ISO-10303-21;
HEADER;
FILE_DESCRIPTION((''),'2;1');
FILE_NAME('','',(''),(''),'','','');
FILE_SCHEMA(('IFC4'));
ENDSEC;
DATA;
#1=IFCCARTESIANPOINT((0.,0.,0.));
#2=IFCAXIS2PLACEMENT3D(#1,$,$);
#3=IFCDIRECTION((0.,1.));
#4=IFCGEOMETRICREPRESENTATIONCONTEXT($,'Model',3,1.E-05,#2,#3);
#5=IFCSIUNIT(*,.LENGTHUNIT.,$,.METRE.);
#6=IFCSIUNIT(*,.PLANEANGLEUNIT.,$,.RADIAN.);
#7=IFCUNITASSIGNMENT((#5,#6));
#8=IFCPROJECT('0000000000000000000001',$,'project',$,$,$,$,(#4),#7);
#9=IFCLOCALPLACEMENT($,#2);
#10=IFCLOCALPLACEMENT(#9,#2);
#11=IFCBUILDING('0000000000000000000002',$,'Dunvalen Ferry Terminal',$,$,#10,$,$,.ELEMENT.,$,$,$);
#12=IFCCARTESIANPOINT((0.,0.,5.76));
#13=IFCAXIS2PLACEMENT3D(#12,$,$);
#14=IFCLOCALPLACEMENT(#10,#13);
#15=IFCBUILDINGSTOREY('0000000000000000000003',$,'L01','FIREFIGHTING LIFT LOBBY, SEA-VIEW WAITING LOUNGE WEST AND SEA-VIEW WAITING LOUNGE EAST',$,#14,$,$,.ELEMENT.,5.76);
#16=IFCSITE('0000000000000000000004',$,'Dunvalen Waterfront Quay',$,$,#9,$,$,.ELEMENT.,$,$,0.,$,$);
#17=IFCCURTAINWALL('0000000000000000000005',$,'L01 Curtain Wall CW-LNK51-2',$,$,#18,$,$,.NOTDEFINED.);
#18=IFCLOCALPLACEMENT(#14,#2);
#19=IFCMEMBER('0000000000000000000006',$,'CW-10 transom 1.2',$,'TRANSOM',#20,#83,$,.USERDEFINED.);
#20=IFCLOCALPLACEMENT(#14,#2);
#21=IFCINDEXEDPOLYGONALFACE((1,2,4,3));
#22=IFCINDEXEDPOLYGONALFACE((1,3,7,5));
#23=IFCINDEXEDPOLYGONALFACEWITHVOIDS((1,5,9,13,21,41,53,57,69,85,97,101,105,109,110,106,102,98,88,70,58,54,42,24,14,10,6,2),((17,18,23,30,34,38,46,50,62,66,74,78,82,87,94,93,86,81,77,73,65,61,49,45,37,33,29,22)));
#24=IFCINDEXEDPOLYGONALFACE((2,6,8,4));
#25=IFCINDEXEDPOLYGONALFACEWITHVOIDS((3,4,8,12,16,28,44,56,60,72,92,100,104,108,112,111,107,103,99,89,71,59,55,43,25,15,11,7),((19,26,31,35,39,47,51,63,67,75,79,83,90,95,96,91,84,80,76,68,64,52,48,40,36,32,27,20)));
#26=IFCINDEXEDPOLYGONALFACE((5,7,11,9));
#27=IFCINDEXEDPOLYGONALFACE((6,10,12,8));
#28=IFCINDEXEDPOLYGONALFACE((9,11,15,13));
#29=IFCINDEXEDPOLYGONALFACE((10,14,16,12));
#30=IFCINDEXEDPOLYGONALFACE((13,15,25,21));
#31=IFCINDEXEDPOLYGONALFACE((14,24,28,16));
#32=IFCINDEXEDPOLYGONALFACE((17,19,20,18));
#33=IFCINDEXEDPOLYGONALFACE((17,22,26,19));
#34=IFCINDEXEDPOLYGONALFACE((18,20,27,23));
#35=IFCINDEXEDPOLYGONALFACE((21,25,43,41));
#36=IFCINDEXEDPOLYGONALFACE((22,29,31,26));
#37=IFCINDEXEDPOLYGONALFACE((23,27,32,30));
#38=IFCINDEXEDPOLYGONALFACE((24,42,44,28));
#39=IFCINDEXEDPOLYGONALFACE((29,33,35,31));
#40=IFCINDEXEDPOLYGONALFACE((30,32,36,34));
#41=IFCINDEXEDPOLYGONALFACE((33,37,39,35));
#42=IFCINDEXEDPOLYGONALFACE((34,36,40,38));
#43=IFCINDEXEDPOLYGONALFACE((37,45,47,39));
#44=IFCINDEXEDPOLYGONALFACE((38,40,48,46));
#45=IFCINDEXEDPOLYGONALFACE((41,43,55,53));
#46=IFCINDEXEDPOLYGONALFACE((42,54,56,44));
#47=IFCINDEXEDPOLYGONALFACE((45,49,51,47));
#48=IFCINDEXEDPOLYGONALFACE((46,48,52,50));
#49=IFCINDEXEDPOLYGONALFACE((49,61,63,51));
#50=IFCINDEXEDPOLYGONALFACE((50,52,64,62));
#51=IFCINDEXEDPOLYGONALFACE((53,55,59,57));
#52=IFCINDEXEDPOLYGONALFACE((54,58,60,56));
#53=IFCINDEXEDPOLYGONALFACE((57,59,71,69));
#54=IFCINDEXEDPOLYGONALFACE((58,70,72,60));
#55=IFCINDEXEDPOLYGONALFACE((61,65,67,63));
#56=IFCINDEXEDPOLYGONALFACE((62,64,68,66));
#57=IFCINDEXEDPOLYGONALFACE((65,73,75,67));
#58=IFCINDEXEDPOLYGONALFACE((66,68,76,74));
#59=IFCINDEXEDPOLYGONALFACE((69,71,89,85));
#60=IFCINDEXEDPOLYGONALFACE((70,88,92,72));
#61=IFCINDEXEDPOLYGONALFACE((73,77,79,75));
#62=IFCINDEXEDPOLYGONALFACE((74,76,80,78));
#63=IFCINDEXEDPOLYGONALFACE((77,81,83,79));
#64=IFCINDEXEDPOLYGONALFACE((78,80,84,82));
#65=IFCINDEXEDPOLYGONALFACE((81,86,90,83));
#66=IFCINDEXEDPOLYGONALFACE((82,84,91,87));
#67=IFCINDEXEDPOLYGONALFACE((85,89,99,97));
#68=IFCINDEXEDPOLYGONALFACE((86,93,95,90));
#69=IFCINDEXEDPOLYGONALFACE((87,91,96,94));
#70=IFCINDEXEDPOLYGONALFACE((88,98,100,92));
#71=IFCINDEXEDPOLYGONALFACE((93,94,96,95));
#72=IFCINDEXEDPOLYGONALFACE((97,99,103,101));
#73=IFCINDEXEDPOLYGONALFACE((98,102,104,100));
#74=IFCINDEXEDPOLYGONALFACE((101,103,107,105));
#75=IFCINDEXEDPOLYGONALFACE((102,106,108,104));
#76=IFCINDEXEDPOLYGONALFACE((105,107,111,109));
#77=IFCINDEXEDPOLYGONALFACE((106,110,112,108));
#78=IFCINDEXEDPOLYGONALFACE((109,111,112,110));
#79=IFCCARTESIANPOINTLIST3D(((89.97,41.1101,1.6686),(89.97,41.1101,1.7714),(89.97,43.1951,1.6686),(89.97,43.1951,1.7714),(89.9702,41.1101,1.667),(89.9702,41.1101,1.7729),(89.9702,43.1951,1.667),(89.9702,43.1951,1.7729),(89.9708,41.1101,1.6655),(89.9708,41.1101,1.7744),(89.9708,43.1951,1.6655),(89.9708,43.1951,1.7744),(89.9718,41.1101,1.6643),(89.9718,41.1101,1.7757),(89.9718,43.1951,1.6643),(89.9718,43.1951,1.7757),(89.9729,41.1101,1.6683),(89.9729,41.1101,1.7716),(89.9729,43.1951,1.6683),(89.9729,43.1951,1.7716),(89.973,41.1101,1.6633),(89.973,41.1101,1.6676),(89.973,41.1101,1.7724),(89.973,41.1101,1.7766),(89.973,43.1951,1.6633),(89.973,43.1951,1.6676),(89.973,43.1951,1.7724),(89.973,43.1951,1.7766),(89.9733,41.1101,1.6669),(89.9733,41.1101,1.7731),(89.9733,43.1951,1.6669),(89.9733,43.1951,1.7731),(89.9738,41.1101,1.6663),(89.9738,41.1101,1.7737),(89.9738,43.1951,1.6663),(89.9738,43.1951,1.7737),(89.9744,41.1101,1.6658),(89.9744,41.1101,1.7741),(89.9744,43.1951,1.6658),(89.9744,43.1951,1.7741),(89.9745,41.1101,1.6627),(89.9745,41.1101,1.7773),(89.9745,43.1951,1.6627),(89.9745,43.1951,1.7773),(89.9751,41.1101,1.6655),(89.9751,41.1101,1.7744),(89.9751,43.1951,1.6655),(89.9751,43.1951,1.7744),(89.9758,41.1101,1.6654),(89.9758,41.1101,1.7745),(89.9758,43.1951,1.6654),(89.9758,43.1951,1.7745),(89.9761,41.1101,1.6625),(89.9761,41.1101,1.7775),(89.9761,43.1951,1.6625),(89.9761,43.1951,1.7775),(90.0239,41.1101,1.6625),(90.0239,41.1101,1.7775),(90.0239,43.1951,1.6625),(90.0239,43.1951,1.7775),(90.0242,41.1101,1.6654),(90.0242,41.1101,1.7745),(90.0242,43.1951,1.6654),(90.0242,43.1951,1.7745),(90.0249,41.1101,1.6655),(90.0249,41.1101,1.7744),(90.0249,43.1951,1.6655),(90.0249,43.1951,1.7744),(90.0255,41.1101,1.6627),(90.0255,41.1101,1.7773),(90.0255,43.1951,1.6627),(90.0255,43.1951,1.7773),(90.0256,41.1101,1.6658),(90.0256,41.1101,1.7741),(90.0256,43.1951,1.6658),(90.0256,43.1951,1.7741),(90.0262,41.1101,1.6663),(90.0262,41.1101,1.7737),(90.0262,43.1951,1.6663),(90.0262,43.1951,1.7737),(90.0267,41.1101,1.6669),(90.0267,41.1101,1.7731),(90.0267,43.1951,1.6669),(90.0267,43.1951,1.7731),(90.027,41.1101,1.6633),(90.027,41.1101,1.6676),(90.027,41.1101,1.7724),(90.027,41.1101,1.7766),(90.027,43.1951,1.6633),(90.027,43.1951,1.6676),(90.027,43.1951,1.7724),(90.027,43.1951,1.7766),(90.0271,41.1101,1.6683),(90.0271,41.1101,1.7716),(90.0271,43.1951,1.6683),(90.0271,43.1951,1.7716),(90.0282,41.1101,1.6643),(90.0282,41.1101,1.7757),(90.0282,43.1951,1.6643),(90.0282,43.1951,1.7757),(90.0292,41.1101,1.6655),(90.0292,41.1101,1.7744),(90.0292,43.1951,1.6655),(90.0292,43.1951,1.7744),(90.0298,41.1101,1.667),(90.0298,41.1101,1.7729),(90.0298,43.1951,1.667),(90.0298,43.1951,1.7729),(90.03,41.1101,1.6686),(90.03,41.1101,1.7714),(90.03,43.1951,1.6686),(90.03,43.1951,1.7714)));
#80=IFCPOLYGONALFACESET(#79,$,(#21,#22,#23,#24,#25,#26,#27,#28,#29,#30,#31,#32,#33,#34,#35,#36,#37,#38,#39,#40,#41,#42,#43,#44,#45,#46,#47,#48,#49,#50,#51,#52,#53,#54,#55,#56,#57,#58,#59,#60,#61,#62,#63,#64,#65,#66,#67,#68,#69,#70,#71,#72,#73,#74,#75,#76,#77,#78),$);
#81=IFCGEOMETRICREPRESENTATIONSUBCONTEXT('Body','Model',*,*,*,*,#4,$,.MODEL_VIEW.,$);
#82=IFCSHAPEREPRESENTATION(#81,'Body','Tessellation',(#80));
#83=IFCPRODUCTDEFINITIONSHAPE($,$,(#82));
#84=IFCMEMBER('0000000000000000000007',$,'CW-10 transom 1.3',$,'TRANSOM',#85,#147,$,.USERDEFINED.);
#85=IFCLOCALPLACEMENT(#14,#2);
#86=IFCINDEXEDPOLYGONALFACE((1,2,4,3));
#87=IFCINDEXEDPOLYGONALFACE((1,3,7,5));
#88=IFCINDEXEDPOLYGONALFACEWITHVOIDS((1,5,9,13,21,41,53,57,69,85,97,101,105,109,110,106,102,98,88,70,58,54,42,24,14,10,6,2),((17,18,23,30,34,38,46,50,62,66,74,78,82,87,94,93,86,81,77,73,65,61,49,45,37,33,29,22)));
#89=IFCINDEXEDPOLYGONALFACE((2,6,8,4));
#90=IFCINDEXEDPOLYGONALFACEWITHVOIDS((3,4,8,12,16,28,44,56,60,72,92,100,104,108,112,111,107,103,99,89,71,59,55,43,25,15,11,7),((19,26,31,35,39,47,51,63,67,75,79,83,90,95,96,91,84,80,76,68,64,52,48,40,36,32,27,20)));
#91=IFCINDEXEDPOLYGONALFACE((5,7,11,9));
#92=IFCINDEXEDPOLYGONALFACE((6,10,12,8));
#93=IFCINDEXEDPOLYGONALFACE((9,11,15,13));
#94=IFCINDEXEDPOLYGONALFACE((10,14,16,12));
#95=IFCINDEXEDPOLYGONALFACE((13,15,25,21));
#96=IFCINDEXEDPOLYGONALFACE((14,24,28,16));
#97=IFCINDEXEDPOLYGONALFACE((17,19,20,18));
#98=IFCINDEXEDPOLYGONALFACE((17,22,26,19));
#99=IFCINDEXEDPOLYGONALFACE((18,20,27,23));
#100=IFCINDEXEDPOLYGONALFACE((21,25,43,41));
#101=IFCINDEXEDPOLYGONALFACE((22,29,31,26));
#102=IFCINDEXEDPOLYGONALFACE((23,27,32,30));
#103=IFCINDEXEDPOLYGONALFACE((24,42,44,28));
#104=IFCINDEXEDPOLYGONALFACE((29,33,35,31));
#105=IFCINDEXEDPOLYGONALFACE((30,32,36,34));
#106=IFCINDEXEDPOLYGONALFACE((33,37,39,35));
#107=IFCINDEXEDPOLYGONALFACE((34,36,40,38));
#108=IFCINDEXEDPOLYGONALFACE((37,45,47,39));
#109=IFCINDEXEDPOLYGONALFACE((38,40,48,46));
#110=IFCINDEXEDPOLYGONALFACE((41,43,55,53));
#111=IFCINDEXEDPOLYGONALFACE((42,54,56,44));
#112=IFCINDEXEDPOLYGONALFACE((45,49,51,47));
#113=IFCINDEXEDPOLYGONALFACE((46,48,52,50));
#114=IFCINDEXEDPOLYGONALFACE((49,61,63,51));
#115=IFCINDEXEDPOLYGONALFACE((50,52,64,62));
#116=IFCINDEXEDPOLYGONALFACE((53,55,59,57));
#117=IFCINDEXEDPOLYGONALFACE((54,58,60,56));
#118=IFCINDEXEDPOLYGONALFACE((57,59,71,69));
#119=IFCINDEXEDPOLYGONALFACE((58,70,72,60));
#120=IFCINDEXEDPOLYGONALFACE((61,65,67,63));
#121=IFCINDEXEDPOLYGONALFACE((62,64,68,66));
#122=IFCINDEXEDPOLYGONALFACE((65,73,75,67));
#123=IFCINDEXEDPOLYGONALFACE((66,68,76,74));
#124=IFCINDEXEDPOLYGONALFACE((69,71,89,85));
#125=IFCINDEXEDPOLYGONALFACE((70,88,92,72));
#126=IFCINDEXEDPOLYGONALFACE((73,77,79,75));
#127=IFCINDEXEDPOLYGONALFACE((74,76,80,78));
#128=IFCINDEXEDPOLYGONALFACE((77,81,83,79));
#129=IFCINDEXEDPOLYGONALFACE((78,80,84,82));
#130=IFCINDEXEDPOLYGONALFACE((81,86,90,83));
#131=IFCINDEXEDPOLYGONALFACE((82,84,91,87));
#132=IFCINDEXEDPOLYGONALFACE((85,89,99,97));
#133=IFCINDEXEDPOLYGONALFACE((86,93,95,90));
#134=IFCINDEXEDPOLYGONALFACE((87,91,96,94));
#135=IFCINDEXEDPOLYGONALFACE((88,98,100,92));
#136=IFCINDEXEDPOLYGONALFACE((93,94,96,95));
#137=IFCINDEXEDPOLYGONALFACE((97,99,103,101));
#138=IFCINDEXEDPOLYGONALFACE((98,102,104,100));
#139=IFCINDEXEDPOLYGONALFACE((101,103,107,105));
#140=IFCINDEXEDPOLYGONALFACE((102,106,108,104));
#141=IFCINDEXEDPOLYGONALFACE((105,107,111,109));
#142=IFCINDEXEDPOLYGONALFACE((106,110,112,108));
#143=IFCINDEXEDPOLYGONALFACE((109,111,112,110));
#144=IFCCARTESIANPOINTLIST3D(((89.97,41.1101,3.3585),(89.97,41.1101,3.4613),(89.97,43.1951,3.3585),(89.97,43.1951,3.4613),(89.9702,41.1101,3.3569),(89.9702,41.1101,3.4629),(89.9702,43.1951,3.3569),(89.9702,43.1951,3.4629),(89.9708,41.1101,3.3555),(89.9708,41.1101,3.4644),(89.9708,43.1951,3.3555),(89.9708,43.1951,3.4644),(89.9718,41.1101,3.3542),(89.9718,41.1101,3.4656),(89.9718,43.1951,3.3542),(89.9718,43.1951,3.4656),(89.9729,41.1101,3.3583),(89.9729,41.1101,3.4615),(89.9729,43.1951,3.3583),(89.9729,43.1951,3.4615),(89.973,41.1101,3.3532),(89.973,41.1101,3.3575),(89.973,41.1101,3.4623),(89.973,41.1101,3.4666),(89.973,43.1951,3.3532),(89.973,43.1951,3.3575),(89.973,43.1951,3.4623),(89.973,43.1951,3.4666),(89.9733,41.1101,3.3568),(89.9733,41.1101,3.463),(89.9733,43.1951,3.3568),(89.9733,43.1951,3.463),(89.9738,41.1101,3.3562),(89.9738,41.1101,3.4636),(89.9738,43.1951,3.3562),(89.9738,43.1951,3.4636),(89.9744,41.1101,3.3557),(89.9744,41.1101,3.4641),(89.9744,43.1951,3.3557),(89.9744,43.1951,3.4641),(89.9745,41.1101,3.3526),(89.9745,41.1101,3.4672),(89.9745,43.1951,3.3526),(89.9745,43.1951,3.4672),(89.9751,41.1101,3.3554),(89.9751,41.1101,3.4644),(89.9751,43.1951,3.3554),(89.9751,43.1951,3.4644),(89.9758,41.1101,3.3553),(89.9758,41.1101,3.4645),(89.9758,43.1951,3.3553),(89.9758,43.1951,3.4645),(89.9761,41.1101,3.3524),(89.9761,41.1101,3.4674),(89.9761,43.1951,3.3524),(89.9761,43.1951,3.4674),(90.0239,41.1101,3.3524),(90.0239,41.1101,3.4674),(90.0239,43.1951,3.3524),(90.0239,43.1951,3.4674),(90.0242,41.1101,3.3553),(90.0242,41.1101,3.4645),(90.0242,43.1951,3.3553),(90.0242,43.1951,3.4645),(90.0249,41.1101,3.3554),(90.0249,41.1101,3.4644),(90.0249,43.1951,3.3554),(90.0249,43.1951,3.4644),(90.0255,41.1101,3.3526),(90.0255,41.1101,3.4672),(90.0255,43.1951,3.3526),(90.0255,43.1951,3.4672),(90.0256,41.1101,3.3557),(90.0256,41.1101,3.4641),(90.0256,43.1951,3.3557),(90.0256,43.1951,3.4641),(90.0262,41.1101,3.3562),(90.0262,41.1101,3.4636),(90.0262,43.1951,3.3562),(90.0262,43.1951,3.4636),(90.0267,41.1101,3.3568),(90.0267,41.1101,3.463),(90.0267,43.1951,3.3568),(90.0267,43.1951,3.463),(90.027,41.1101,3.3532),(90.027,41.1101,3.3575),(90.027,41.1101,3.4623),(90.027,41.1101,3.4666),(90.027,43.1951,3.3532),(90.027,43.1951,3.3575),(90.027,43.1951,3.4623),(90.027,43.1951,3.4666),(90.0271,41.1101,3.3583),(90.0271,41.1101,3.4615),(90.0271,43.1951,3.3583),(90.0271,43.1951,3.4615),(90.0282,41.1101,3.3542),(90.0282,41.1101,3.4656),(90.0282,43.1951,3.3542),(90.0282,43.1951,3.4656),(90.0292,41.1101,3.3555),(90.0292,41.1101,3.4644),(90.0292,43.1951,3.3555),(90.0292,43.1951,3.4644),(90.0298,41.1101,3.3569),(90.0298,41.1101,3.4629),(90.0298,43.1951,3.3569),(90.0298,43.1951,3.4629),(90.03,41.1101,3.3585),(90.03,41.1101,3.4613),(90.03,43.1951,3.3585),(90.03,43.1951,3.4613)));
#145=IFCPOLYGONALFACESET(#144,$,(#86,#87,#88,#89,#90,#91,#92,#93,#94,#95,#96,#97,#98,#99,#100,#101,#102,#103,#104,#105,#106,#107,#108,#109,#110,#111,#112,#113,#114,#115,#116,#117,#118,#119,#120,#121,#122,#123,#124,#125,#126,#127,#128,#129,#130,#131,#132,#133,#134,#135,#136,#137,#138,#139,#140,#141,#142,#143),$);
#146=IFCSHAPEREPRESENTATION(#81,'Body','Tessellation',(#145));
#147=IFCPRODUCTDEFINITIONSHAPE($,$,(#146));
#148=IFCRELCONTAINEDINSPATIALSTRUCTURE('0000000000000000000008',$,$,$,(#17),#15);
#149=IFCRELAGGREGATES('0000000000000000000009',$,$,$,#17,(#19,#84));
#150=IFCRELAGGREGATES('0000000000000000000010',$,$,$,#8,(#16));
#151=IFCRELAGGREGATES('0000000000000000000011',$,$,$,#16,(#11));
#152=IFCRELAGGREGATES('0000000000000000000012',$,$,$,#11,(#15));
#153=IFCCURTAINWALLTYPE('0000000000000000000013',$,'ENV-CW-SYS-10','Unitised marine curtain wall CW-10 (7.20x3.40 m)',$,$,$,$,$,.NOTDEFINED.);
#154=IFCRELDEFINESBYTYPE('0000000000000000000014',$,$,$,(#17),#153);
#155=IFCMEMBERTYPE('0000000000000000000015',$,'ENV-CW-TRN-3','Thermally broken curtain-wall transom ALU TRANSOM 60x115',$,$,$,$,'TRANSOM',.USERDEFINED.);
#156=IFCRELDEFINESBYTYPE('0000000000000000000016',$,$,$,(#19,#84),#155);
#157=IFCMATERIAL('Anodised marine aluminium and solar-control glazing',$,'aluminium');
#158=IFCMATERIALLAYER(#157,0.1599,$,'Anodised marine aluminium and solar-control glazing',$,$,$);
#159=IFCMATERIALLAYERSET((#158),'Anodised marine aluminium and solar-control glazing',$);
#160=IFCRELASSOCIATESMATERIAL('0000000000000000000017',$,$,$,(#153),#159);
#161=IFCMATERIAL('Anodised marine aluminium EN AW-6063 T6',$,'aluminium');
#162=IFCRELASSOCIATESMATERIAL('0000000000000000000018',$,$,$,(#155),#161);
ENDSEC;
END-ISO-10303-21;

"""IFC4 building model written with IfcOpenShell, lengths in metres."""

from ifc_helpers import new_model, si_unit, direction, frame, origin, origin_2d, place, context, subcontext, project, spatial, hollow_rectangle, extrude, material, layer, layer_set, material_profile, profile_set, type_object, element, aggregate, save


model = new_model("IFC4")

# Units and contexts
model_context = context("Model", 3, precision=1e-05, world=origin(), true_north=direction((0.0, 1.0)))
body_context = subcontext(model_context, "Body", "Model", "MODEL_VIEW")
ifc_project = project(units=[si_unit("LENGTHUNIT", "METRE"), si_unit("PLANEANGLEUNIT", "RADIAN")], contexts=[model_context])

# Site, building, storey
site_placement = place(None, origin())
site = spatial("IfcSite", under=ifc_project, at=site_placement, Name="Dunvalen Waterfront Quay", CompositionType="ELEMENT", RefElevation=0.0)
building_placement = place(site_placement, origin())
building = spatial("IfcBuilding", under=site, at=building_placement, Name="Dunvalen Ferry Terminal", CompositionType="ELEMENT")
storey_placement = place(building_placement, frame((0.0, 0.0, 5.76)))
storey = spatial("IfcBuildingStorey", under=building, at=storey_placement, Name="L01", Description="FIREFIGHTING LIFT LOBBY, SEA-VIEW WAITING LOUNGE WEST AND SEA-VIEW WAITING LOUNGE EAST", CompositionType="ELEMENT", Elevation=5.76)

# Curtain wall
ifc_material_1 = material(Name="Anodised marine aluminium and solar-control glazing", Category="aluminium")
ifc_layer_1 = layer(ifc_material_1, 0.1599, Name="Anodised marine aluminium and solar-control glazing")
ifc_layer_set_1 = layer_set([ifc_layer_1], Name="Anodised marine aluminium and solar-control glazing")
curtain_wall_type_1 = type_object("IfcCurtainWallType", Name="ENV-CW-SYS-10", Description="Unitised marine curtain wall CW-10 (7.20x3.40 m)", PredefinedType="NOTDEFINED", material=ifc_layer_set_1)
curtain_wall_1_placement = place(storey_placement, origin())
curtain_wall_1 = element("IfcCurtainWall", 1, at=curtain_wall_1_placement, inside=storey, type_object=curtain_wall_type_1, Name="L01 Curtain Wall CW-LNK51-2", PredefinedType="NOTDEFINED")
ifc_material_2 = material(Name="Anodised marine aluminium EN AW-6063 T6", Category="aluminium")

# Members
ifc_material_profile_1 = material_profile(ifc_material_2, hollow_rectangle(XDim=0.0601, YDim=0.115, WallThickness=0.0029, InnerFilletRadius=0.0029, OuterFilletRadius=0.0061, at=origin_2d()), Name="Anodised marine aluminium EN AW-6063 T6")
ifc_profile_set_1 = profile_set([ifc_material_profile_1], Name="Anodised marine aluminium EN AW-6063 T6")
member_type_1 = type_object("IfcMemberType", Name="ENV-CW-TRN-3", Description="Thermally broken curtain-wall transom ALU TRANSOM 60x115", ElementType="TRANSOM", PredefinedType="USERDEFINED", material=ifc_profile_set_1)
member_1_placement = place(storey_placement, frame((90.0, 41.1101, 1.72), z_axis=(0.0, 1.0, 0.0), x_axis=(-1.0, 0.0, 0.0)))
member_1 = element("IfcMember", 2, at=member_1_placement, type_object=member_type_1, Name="CW-10 transom 1.2", ObjectType="TRANSOM", PredefinedType="USERDEFINED", context=body_context, shape_type="SweptSolid", body=[
    extrude(hollow_rectangle(XDim=0.0601, YDim=0.115, WallThickness=0.0029, InnerFilletRadius=0.0029, OuterFilletRadius=0.0061, at=origin_2d()), origin(), (0.0, 0.0, 1.0), 2.085),
])
member_2_placement = place(storey_placement, frame((90.0, 41.1101, 3.4099), z_axis=(0.0, 1.0, 0.0), x_axis=(-1.0, 0.0, 0.0)))
member_2 = element("IfcMember", 3, at=member_2_placement, type_object=member_type_1, Name="CW-10 transom 1.3", ObjectType="TRANSOM", PredefinedType="USERDEFINED", context=body_context, shape_type="SweptSolid", body=[
    extrude(hollow_rectangle(XDim=0.0601, YDim=0.115, WallThickness=0.0029, InnerFilletRadius=0.0029, OuterFilletRadius=0.0061, at=origin_2d()), origin(), (0.0, 0.0, 1.0), 2.085),
])
aggregate(curtain_wall_1, [member_1, member_2])

save(model, "model.ifc")
